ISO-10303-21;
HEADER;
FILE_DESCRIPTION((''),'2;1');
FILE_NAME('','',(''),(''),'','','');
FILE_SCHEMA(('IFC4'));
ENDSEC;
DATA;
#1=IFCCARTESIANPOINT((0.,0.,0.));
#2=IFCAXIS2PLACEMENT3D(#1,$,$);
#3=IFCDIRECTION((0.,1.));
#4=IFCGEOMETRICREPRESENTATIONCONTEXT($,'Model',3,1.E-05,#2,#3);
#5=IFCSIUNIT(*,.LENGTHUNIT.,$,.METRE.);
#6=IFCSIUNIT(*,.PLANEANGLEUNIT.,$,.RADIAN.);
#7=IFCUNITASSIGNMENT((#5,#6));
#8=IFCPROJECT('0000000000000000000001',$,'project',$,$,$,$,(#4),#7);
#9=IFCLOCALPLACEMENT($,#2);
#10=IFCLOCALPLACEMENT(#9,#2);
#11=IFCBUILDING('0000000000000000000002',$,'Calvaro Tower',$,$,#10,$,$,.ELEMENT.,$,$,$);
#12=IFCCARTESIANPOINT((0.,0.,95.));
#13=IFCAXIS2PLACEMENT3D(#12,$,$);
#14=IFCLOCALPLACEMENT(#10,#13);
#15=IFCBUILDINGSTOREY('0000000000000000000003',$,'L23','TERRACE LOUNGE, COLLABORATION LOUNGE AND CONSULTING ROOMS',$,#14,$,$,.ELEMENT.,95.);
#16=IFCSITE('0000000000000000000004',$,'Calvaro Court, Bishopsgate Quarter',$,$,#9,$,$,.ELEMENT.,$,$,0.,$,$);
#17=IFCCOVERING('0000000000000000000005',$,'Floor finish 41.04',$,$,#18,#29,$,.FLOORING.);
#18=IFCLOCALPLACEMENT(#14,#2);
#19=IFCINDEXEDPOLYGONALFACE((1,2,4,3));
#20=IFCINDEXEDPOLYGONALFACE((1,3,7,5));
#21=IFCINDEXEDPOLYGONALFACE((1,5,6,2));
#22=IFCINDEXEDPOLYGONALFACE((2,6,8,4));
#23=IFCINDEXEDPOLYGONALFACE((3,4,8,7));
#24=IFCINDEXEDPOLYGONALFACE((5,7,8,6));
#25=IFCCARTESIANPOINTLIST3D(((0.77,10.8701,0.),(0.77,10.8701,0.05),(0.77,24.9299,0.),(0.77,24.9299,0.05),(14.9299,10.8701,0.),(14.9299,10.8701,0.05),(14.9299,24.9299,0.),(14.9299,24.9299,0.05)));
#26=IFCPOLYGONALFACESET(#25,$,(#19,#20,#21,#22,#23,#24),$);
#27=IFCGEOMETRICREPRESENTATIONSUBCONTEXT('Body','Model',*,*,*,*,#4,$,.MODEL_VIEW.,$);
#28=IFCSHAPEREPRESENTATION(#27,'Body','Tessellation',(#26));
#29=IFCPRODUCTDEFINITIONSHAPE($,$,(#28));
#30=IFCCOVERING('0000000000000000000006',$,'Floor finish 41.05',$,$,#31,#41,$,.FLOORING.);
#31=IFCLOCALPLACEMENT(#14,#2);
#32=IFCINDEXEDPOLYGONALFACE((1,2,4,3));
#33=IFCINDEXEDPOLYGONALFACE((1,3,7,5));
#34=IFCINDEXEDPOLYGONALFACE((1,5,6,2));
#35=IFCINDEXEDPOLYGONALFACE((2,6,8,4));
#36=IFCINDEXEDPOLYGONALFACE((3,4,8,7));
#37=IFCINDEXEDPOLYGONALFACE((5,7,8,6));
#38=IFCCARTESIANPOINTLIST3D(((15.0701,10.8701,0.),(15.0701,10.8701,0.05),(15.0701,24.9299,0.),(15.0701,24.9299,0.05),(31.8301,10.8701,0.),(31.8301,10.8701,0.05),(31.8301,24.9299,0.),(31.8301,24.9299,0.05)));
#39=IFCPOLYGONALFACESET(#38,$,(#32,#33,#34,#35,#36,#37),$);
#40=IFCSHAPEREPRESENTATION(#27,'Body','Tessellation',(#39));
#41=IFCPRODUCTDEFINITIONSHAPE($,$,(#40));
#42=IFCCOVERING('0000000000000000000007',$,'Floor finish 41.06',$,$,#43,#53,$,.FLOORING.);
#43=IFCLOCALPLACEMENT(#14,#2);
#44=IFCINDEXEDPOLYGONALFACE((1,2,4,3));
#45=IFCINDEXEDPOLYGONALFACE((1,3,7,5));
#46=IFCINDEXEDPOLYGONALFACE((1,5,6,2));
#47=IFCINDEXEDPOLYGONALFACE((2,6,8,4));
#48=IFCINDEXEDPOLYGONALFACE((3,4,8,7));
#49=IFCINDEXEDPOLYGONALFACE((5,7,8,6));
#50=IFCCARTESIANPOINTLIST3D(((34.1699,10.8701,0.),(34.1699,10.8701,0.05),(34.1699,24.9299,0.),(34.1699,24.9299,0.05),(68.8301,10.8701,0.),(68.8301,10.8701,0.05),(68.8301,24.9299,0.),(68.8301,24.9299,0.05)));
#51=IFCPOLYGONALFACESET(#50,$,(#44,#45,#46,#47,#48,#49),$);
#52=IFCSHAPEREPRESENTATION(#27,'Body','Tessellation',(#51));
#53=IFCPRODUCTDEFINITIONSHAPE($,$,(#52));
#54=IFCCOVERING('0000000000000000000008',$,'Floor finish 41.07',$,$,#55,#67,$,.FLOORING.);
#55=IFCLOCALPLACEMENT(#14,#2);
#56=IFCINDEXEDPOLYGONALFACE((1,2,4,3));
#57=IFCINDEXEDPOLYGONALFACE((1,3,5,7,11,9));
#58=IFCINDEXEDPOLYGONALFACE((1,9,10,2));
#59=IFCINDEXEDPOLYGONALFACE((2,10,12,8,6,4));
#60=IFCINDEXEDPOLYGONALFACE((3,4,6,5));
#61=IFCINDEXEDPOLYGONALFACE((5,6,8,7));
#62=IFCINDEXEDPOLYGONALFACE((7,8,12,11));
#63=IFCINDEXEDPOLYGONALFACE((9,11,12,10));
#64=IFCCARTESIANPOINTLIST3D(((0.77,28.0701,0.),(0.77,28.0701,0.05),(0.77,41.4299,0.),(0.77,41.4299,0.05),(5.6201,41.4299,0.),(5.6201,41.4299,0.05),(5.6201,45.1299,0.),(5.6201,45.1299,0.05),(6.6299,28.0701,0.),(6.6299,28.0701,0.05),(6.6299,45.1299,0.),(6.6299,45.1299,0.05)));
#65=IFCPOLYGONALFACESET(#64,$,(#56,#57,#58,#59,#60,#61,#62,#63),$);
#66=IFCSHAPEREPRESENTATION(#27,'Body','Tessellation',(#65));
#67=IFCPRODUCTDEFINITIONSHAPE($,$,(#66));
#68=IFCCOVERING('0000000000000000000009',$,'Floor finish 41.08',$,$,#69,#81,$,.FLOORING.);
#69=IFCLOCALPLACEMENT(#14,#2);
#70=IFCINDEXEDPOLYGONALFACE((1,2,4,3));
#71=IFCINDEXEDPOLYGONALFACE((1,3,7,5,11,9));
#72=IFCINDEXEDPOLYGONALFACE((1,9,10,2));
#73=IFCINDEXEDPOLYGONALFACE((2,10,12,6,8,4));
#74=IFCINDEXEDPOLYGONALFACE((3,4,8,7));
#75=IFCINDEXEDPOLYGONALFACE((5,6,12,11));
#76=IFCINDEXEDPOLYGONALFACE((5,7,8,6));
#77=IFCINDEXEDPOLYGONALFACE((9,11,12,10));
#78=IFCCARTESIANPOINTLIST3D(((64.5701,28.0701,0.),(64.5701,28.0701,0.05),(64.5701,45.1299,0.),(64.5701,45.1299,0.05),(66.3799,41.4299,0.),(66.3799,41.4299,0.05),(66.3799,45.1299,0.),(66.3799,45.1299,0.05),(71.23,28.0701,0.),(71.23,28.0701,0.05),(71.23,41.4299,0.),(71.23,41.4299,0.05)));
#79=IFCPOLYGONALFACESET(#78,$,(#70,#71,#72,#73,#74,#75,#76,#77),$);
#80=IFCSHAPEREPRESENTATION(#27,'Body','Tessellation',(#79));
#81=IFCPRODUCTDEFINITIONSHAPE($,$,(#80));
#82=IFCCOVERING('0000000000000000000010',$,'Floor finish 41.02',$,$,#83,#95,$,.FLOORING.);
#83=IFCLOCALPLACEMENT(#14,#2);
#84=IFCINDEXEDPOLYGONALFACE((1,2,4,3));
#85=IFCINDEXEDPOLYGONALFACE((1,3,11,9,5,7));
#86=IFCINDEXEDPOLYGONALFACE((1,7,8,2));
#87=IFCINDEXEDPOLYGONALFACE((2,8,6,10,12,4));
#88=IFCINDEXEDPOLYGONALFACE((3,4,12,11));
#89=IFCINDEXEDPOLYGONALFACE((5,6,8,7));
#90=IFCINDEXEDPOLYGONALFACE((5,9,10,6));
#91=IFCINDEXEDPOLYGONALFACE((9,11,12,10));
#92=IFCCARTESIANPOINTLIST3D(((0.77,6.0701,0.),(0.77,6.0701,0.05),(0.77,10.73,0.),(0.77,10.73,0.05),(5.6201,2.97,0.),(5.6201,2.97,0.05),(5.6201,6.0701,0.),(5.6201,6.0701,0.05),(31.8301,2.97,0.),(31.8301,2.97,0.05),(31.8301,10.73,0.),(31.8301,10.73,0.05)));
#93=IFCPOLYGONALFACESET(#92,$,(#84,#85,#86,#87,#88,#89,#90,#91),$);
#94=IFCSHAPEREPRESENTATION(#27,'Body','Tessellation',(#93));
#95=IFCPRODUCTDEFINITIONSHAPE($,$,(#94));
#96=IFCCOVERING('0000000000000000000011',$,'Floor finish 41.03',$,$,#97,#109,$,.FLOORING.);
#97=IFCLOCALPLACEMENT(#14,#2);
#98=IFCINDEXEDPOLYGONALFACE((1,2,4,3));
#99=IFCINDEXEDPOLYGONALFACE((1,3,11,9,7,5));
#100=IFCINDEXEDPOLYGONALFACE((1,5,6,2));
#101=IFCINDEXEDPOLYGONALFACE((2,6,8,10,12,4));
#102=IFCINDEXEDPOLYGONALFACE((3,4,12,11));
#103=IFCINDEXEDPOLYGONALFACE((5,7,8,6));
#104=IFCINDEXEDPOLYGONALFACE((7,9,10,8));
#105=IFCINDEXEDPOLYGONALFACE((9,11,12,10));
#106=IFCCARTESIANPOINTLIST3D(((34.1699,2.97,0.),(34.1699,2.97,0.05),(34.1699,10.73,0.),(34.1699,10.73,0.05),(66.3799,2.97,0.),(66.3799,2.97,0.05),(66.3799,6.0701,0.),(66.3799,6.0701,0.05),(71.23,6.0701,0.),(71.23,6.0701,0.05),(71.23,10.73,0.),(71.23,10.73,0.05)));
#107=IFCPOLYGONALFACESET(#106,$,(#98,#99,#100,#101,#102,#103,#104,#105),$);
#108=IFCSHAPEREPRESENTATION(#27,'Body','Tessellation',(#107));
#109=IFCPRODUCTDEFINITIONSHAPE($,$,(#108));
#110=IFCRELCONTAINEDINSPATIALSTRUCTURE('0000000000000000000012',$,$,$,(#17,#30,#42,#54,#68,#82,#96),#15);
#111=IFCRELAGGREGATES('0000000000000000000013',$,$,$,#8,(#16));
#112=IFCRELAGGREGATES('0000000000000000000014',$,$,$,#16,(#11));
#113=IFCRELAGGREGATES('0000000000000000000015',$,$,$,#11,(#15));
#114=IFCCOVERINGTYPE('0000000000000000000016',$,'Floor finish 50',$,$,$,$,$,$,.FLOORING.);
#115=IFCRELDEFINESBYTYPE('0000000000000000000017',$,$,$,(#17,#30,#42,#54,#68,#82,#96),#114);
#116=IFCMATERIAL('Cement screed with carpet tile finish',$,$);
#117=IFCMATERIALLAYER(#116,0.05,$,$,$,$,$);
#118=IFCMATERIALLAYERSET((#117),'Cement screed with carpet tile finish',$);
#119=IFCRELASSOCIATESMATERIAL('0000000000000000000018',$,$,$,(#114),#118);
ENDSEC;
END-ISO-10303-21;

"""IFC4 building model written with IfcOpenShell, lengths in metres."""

from ifc_helpers import new_model, si_unit, direction, frame, origin, place, context, subcontext, project, spatial, polyline, outline, extrude, material, layer, layer_set, type_object, element, save


model = new_model("IFC4")

# Units and contexts
model_context = context("Model", 3, precision=1e-05, world=origin(), true_north=direction((0.0, 1.0)))
body_context = subcontext(model_context, "Body", "Model", "MODEL_VIEW")
ifc_project = project(units=[si_unit("LENGTHUNIT", "METRE"), si_unit("PLANEANGLEUNIT", "RADIAN")], contexts=[model_context])

# Site, building, storey
site_placement = place(None, origin())
site = spatial("IfcSite", under=ifc_project, at=site_placement, Name="Calvaro Court, Bishopsgate Quarter", CompositionType="ELEMENT", RefElevation=0.0)
building_placement = place(site_placement, origin())
building = spatial("IfcBuilding", under=site, at=building_placement, Name="Calvaro Tower", CompositionType="ELEMENT")
storey_placement = place(building_placement, frame((0.0, 0.0, 95.0)))
storey = spatial("IfcBuildingStorey", under=building, at=storey_placement, Name="L23", Description="TERRACE LOUNGE, COLLABORATION LOUNGE AND CONSULTING ROOMS", CompositionType="ELEMENT", Elevation=95.0)

# Coverings
ifc_material_1 = material(Name="Cement screed with carpet tile finish")
ifc_layer_1 = layer(ifc_material_1, 0.05)
ifc_layer_set_1 = layer_set([ifc_layer_1], Name="Cement screed with carpet tile finish")
covering_type_1 = type_object("IfcCoveringType", Name="Floor finish 50", PredefinedType="FLOORING", material=ifc_layer_set_1)
covering_1_placement = place(storey_placement, origin())
element("IfcCovering", 1, at=covering_1_placement, inside=storey, type_object=covering_type_1, Name="Floor finish 41.04", PredefinedType="FLOORING", context=body_context, shape_type="SweptSolid", body=[
    extrude(outline(polyline([(0.77, 24.9299), (14.9299, 24.9299), (14.9299, 10.8701), (0.77, 10.8701), (0.77, 24.9299)])), origin(), (0.0, 0.0, 1.0), 0.05),
])
covering_2_placement = place(storey_placement, origin())
element("IfcCovering", 2, at=covering_2_placement, inside=storey, type_object=covering_type_1, Name="Floor finish 41.05", PredefinedType="FLOORING", context=body_context, shape_type="SweptSolid", body=[
    extrude(outline(polyline([(31.8301, 10.8701), (15.0701, 10.8701), (15.0701, 24.9299), (31.8301, 24.9299), (31.8301, 10.8701)])), origin(), (0.0, 0.0, 1.0), 0.05),
])
covering_3_placement = place(storey_placement, origin())
element("IfcCovering", 3, at=covering_3_placement, inside=storey, type_object=covering_type_1, Name="Floor finish 41.06", PredefinedType="FLOORING", context=body_context, shape_type="SweptSolid", body=[
    extrude(outline(polyline([(68.8301, 24.9299), (68.8301, 10.8701), (34.1699, 10.8701), (34.1699, 24.9299), (68.8301, 24.9299)])), origin(), (0.0, 0.0, 1.0), 0.05),
])
covering_4_placement = place(storey_placement, origin())
element("IfcCovering", 4, at=covering_4_placement, inside=storey, type_object=covering_type_1, Name="Floor finish 41.07", PredefinedType="FLOORING", context=body_context, shape_type="SweptSolid", body=[
    extrude(outline(polyline([(5.6201, 41.4299), (5.6201, 45.1299), (6.6299, 45.1299), (6.6299, 28.0701), (0.77, 28.0701), (0.77, 41.4299), (5.6201, 41.4299)])), origin(), (0.0, 0.0, 1.0), 0.05),
])
covering_5_placement = place(storey_placement, origin())
element("IfcCovering", 5, at=covering_5_placement, inside=storey, type_object=covering_type_1, Name="Floor finish 41.08", PredefinedType="FLOORING", context=body_context, shape_type="SweptSolid", body=[
    extrude(outline(polyline([(66.3799, 45.1299), (66.3799, 41.4299), (71.23, 41.4299), (71.23, 28.0701), (64.5701, 28.0701), (64.5701, 45.1299), (66.3799, 45.1299)])), origin(), (0.0, 0.0, 1.0), 0.05),
])
covering_6_placement = place(storey_placement, origin())
element("IfcCovering", 6, at=covering_6_placement, inside=storey, type_object=covering_type_1, Name="Floor finish 41.02", PredefinedType="FLOORING", context=body_context, shape_type="SweptSolid", body=[
    extrude(outline(polyline([(31.8301, 2.97), (5.6201, 2.97), (5.6201, 6.0701), (0.77, 6.0701), (0.77, 10.73), (31.8301, 10.73), (31.8301, 2.97)])), origin(), (0.0, 0.0, 1.0), 0.05),
])
covering_7_placement = place(storey_placement, origin())
element("IfcCovering", 7, at=covering_7_placement, inside=storey, type_object=covering_type_1, Name="Floor finish 41.03", PredefinedType="FLOORING", context=body_context, shape_type="SweptSolid", body=[
    extrude(outline(polyline([(66.3799, 6.0701), (66.3799, 2.97), (34.1699, 2.97), (34.1699, 10.73), (71.23, 10.73), (71.23, 6.0701), (66.3799, 6.0701)])), origin(), (0.0, 0.0, 1.0), 0.05),
])

save(model, "model.ifc")
